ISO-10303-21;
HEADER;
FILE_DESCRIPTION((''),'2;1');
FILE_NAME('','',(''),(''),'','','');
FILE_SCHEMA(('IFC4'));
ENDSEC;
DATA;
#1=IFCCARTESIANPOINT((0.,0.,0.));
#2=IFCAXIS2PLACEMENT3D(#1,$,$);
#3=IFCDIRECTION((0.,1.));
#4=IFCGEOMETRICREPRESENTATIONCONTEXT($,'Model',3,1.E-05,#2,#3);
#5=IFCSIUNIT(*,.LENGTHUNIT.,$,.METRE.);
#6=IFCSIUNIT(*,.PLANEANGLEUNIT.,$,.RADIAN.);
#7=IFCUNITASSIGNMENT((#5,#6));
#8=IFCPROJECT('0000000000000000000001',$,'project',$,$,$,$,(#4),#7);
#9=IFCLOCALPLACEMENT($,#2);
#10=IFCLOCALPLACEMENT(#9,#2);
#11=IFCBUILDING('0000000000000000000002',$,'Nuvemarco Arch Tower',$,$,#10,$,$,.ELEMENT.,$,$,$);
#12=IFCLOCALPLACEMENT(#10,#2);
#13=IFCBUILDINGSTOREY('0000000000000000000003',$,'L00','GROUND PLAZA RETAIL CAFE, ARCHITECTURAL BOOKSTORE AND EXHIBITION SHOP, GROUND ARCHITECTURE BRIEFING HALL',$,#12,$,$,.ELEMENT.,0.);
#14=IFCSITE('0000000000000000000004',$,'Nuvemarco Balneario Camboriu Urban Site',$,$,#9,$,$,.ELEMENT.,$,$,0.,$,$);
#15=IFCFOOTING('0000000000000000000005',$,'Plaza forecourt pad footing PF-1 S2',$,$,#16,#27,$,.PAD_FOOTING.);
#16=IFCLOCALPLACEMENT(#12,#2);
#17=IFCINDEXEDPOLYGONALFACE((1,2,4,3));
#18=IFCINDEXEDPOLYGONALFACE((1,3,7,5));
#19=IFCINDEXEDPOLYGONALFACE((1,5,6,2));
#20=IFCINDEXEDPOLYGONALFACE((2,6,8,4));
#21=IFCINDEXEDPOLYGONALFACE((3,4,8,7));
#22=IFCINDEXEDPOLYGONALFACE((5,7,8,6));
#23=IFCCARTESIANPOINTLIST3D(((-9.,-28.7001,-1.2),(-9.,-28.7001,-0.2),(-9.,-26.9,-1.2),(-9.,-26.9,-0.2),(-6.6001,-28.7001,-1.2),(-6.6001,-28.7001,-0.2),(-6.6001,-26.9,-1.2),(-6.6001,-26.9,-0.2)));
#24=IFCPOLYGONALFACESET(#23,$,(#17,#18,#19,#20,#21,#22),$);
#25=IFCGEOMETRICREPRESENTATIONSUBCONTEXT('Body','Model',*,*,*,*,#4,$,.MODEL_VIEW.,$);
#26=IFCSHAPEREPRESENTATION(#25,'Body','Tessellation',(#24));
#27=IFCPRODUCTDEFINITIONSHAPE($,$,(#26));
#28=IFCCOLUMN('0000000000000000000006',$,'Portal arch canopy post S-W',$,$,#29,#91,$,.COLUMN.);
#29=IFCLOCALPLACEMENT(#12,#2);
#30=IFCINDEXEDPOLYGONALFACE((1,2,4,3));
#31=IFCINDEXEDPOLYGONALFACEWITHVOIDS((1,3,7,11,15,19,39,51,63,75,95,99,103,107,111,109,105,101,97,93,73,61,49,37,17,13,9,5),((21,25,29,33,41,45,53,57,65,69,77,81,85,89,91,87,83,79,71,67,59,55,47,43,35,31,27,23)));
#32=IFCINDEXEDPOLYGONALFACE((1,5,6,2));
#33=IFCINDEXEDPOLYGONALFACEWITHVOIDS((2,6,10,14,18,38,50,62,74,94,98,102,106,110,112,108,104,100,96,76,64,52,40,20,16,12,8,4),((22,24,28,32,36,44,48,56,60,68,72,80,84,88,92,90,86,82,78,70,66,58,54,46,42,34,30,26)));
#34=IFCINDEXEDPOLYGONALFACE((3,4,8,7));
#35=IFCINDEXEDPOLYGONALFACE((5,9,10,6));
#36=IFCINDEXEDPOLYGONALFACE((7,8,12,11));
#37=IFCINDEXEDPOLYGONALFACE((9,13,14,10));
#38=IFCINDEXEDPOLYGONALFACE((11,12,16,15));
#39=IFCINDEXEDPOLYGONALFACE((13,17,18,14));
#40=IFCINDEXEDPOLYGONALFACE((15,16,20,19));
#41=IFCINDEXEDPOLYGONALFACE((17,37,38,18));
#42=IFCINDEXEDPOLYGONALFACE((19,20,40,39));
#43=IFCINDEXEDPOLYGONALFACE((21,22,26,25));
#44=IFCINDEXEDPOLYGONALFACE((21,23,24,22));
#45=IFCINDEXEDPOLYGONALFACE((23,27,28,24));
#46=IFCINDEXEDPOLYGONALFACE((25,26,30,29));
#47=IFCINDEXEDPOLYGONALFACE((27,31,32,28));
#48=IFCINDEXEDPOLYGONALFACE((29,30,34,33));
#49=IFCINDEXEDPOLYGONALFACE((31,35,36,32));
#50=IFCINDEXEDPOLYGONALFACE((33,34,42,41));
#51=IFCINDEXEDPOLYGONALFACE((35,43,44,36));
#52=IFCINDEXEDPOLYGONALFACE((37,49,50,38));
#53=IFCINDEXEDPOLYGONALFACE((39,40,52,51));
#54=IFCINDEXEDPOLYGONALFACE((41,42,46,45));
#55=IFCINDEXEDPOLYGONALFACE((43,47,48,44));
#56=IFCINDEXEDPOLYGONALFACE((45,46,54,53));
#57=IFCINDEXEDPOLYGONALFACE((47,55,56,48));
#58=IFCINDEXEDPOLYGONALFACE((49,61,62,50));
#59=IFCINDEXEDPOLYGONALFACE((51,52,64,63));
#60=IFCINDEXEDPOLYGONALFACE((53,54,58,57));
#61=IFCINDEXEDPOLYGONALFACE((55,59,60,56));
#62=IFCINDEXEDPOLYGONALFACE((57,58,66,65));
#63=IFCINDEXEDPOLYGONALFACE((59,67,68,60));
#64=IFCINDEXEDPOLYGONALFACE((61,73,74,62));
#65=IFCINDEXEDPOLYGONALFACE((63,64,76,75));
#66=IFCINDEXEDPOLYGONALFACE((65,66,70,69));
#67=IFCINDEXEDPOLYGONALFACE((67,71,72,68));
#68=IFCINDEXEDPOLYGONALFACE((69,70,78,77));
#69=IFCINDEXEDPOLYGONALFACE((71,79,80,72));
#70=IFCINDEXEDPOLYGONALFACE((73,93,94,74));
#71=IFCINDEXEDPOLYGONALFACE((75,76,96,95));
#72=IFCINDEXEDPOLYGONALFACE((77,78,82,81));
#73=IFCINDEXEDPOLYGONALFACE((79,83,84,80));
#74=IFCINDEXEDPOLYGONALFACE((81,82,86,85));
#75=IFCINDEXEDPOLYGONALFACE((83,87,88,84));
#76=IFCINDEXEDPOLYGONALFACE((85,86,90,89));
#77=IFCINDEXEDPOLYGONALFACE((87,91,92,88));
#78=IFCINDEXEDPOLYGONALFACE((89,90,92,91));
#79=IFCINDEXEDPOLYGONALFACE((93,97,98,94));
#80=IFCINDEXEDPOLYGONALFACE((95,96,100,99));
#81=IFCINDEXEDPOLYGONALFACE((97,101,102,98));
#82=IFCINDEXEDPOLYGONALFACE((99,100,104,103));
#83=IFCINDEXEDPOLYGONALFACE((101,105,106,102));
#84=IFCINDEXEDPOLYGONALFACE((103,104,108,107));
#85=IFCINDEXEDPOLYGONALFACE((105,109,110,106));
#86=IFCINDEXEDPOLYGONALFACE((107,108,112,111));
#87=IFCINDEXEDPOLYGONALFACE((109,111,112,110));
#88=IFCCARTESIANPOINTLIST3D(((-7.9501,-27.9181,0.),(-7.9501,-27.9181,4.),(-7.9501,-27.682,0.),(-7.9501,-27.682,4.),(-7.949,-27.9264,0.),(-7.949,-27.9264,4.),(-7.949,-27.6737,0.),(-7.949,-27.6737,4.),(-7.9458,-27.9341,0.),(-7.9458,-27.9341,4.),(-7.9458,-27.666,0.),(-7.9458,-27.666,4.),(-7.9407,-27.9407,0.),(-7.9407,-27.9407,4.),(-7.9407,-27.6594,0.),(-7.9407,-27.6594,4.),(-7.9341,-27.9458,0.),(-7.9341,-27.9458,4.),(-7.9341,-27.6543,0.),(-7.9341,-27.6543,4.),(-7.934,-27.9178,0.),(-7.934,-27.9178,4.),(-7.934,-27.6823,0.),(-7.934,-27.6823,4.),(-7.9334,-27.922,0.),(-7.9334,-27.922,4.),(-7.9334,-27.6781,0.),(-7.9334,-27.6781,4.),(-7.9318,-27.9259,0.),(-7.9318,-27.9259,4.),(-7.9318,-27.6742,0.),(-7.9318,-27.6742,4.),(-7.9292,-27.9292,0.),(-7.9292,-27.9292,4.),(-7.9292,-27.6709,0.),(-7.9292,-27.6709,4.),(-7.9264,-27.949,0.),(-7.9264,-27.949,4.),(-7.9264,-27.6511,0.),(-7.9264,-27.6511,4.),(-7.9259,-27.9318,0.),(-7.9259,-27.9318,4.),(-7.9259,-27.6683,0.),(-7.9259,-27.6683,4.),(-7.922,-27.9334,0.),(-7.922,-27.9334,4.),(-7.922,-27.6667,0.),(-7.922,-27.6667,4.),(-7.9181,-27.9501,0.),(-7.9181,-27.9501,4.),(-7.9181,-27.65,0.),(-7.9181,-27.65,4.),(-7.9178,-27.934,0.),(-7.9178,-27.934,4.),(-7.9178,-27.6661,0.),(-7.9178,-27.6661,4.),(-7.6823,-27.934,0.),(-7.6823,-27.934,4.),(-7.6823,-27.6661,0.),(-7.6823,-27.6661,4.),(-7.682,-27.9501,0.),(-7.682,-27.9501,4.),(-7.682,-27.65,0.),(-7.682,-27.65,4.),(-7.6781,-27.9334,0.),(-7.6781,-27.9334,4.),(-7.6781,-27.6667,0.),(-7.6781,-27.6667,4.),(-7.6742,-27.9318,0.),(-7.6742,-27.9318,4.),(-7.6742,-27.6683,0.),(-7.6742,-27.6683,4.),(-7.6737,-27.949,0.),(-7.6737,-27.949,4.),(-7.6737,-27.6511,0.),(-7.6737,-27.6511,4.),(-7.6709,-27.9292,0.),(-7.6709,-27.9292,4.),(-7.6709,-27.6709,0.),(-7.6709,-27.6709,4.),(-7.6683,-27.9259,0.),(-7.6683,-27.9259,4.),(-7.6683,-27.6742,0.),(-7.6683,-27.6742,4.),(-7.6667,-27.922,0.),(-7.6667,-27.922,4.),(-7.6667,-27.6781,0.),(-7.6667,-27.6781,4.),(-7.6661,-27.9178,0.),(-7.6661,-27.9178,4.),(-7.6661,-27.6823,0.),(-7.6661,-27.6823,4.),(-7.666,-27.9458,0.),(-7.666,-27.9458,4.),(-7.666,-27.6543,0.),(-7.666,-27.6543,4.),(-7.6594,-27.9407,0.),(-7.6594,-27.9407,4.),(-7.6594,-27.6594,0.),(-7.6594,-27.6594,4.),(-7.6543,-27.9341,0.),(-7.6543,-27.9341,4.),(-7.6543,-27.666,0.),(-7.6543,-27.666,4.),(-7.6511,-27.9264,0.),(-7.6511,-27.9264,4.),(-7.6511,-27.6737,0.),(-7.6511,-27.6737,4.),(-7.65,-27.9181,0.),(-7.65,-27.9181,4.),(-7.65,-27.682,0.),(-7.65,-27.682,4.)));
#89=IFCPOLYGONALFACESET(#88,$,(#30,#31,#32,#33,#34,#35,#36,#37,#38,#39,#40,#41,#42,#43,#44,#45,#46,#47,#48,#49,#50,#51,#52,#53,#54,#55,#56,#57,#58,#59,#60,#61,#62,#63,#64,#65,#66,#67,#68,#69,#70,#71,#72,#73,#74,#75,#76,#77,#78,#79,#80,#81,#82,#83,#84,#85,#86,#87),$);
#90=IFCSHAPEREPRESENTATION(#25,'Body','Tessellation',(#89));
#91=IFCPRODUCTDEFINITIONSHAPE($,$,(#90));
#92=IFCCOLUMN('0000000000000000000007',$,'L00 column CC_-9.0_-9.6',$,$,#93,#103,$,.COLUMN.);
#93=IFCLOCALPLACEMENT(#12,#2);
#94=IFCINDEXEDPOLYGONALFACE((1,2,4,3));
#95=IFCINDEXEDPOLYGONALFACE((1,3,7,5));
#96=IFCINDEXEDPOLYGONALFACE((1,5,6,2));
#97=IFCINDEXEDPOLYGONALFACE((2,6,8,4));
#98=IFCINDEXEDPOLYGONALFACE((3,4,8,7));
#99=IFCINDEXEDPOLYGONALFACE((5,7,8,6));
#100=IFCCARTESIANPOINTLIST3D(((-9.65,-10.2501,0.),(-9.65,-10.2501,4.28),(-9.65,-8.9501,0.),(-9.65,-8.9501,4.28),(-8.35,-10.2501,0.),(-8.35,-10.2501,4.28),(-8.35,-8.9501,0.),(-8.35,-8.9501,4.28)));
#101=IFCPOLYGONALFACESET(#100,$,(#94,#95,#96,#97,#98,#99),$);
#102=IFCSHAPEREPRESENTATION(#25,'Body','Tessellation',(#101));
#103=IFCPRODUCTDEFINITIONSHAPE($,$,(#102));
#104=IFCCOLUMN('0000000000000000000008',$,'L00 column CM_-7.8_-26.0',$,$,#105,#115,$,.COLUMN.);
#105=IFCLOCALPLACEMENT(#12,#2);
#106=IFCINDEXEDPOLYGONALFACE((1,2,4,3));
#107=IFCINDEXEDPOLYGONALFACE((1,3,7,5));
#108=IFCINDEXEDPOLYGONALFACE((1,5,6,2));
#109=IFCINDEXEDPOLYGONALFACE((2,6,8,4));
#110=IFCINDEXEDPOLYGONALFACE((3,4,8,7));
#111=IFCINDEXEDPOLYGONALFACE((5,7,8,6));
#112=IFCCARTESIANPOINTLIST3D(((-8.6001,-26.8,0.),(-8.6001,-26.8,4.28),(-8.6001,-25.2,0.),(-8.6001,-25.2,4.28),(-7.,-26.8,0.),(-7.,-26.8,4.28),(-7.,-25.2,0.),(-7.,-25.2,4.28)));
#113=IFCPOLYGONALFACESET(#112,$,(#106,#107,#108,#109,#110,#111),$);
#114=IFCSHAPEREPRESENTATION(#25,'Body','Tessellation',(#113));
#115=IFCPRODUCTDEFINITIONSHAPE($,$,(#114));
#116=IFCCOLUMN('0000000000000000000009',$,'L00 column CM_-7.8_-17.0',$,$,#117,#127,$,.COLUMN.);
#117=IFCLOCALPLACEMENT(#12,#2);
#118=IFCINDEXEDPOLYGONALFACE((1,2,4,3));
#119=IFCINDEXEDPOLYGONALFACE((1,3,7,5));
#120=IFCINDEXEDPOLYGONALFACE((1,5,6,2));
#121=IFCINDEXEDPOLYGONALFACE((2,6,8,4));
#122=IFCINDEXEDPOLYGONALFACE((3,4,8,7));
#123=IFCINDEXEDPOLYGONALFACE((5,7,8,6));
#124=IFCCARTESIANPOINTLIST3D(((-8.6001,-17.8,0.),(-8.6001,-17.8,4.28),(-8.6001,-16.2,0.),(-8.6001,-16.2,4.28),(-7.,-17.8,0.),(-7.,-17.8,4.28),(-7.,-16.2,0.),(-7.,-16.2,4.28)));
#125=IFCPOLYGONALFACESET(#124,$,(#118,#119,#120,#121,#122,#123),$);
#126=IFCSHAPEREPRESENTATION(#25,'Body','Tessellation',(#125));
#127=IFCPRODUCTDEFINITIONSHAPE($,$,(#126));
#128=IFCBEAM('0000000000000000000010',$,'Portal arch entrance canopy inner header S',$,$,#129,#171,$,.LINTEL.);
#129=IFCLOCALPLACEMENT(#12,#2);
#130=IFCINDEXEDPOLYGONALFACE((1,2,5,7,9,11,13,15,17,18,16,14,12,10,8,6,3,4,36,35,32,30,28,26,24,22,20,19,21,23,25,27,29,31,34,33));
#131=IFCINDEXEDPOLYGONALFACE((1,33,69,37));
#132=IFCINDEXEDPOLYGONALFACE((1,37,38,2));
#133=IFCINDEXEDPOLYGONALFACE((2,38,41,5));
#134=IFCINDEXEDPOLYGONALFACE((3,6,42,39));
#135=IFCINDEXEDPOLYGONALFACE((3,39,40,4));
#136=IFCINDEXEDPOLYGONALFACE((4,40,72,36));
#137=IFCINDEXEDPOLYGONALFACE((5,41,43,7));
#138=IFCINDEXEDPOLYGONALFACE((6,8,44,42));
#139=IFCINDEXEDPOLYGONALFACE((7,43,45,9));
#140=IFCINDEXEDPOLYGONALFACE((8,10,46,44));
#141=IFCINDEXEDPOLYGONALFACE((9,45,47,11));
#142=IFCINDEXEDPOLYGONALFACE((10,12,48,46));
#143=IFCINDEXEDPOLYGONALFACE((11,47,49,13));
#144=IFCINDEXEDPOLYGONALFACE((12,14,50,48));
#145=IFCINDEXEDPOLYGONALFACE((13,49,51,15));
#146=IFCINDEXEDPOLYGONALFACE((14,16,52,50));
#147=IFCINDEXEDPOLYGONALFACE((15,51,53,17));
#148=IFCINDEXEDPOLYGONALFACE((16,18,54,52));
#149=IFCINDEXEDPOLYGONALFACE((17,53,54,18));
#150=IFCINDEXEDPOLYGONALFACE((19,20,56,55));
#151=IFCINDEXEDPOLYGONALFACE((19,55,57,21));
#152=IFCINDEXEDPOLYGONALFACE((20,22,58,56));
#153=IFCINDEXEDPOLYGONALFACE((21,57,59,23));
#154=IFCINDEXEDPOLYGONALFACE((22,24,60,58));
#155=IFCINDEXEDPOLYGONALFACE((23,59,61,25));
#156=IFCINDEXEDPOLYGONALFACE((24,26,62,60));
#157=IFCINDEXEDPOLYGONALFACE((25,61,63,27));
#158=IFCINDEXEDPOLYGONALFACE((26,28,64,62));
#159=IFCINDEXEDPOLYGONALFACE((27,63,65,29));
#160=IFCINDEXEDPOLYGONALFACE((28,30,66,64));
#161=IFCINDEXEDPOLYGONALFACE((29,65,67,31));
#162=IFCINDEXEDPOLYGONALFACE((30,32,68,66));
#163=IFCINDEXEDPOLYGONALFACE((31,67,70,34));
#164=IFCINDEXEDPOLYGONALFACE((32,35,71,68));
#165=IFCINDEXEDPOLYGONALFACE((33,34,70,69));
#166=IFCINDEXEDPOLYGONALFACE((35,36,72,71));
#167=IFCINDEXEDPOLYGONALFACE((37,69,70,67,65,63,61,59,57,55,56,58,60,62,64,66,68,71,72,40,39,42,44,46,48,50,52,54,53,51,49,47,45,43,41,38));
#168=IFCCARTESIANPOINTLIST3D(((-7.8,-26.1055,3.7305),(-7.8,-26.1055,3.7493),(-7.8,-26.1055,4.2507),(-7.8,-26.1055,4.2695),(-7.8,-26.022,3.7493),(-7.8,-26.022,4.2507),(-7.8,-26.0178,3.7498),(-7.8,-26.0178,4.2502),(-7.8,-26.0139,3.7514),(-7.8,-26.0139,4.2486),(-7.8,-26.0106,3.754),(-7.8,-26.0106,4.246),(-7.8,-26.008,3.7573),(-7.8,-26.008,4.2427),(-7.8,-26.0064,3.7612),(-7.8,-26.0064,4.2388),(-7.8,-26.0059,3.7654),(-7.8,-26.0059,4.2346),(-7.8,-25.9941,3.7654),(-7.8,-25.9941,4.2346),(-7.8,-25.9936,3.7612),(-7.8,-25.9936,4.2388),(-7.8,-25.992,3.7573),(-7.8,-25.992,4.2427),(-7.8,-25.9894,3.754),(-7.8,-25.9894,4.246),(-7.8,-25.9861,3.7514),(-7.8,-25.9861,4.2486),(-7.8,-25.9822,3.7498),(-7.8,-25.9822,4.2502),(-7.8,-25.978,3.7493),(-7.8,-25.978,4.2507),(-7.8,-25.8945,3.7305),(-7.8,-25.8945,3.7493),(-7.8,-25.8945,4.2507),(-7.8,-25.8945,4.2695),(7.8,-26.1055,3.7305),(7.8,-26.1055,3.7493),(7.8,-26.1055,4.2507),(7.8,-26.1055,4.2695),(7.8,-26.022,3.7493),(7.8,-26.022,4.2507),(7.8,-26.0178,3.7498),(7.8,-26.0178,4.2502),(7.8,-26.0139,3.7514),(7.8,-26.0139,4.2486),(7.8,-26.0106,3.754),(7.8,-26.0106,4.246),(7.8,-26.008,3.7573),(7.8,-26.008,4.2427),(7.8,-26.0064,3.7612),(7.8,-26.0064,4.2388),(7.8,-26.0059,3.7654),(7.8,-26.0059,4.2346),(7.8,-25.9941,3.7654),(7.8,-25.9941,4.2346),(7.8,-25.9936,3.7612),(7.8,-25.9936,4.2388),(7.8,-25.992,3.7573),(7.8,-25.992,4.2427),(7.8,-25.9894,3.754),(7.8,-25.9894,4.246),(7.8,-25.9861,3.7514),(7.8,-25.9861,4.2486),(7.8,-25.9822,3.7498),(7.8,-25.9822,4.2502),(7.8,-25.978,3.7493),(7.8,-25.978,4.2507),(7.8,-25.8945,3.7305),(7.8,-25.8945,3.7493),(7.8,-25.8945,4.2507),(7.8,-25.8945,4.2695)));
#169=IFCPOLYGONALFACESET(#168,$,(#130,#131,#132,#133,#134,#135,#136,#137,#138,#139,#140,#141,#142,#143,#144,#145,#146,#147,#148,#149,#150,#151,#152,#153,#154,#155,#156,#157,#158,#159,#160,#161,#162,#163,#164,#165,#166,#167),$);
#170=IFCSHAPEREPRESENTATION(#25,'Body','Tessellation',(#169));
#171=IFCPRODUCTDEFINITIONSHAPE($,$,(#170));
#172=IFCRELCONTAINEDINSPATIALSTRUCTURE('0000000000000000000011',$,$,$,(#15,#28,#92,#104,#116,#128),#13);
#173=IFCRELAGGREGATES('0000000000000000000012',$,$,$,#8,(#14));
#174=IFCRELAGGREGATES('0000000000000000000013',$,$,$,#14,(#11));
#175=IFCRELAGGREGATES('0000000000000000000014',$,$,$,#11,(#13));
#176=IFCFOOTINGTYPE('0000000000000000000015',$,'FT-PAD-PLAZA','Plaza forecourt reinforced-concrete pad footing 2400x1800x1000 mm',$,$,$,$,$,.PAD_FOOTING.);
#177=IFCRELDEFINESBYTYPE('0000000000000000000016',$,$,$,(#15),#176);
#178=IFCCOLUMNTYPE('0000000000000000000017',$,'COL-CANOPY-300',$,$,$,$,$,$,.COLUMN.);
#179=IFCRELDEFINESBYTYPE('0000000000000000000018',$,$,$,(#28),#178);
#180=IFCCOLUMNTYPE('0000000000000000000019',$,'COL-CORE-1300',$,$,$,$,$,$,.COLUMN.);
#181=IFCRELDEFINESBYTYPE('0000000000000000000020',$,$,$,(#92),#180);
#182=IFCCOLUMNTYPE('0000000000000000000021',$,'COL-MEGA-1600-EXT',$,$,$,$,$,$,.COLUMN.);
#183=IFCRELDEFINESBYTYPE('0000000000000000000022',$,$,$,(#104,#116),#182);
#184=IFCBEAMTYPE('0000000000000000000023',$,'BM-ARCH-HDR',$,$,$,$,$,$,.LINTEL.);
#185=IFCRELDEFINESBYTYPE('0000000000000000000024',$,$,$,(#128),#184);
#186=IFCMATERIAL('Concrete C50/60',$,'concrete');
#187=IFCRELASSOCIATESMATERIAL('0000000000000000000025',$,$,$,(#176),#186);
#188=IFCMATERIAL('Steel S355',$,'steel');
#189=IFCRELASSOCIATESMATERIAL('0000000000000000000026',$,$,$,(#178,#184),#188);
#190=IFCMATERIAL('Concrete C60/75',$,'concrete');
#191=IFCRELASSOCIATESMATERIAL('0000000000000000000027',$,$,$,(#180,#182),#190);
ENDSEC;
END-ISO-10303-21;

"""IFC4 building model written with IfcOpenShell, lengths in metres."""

from ifc_helpers import new_model, si_unit, direction, frame, origin, origin_2d, place, context, subcontext, project, spatial, rectangle, hollow_rectangle, i_section, extrude, source, transform, mapped, material, material_profile, profile_set, type_object, type_shapes, element, save


model = new_model("IFC4")

# Units and contexts
model_context = context("Model", 3, precision=1e-05, world=origin(), true_north=direction((0.0, 1.0)))
body_context = subcontext(model_context, "Body", "Model", "MODEL_VIEW")
ifc_project = project(units=[si_unit("LENGTHUNIT", "METRE"), si_unit("PLANEANGLEUNIT", "RADIAN")], contexts=[model_context])

# Site, building, storey
site_placement = place(None, origin())
site = spatial("IfcSite", under=ifc_project, at=site_placement, Name="Nuvemarco Balneario Camboriu Urban Site", CompositionType="ELEMENT", RefElevation=0.0)
building_placement = place(site_placement, origin())
building = spatial("IfcBuilding", under=site, at=building_placement, Name="Nuvemarco Arch Tower", CompositionType="ELEMENT")
storey_placement = place(building_placement, origin())
storey = spatial("IfcBuildingStorey", under=building, at=storey_placement, Name="L00", Description="GROUND PLAZA RETAIL CAFE, ARCHITECTURAL BOOKSTORE AND EXHIBITION SHOP, GROUND ARCHITECTURE BRIEFING HALL", CompositionType="ELEMENT", Elevation=0.0)

# Footing
ifc_material_1 = material(Name="Concrete C50/60", Category="concrete")
footing_type = type_object("IfcFootingType", Name="FT-PAD-PLAZA", Description="Plaza forecourt reinforced-concrete pad footing 2400x1800x1000 mm", PredefinedType="PAD_FOOTING", material=ifc_material_1)
shared_shape_1 = source(origin(), body_context, "Body", "SweptSolid", [
    extrude(rectangle(XDim=2.3999, YDim=1.8, at=origin_2d()), origin(), (0.0, 0.0, 1.0), 1.0),
])
type_shapes(footing_type, [shared_shape_1])
footing_placement = place(storey_placement, frame((-7.8, -27.8, -1.2), z_axis=(0.0, 0.0, 1.0), x_axis=(1.0, 0.0, 0.0)))
element("IfcFooting", 1, at=footing_placement, inside=storey, type_object=footing_type, Name="Plaza forecourt pad footing PF-1 S2", PredefinedType="PAD_FOOTING", context=body_context, shape_type="MappedRepresentation", body=[
    mapped(shared_shape_1, transform((0.0, 0.0, 0.0), scale=1.0)),
])

# Columns
ifc_material_2 = material(Name="Steel S355", Category="steel")
ifc_material_profile_1 = material_profile(ifc_material_2, hollow_rectangle(XDim=0.3, YDim=0.3, WallThickness=0.0161, InnerFilletRadius=0.0161, OuterFilletRadius=0.032, at=origin_2d()), Name="SHS300x300x16")
ifc_profile_set_1 = profile_set([ifc_material_profile_1], Name="Steel S355")
column_type_1 = type_object("IfcColumnType", Name="COL-CANOPY-300", PredefinedType="COLUMN", material=ifc_profile_set_1)
column_1_placement = place(storey_placement, frame((-7.8, -27.8, 0.0), z_axis=(0.0, 0.0, 1.0), x_axis=(1.0, 0.0, 0.0)))
element("IfcColumn", 2, at=column_1_placement, inside=storey, type_object=column_type_1, Name="Portal arch canopy post S-W", PredefinedType="COLUMN", context=body_context, shape_type="SweptSolid", body=[
    extrude(hollow_rectangle(XDim=0.3, YDim=0.3, WallThickness=0.0161, InnerFilletRadius=0.0161, OuterFilletRadius=0.032, at=origin_2d()), origin(), (0.0, 0.0, 1.0), 4.0),
])
ifc_material_3 = material(Name="Concrete C60/75", Category="concrete")
ifc_material_profile_2 = material_profile(ifc_material_3, rectangle(XDim=1.3, YDim=1.3, at=origin_2d()), Name="RC-COL-1300x1300")
ifc_profile_set_2 = profile_set([ifc_material_profile_2], Name="Concrete C60/75")
column_type_2 = type_object("IfcColumnType", Name="COL-CORE-1300", PredefinedType="COLUMN", material=ifc_profile_set_2)
column_2_placement = place(storey_placement, frame((-9.0, -9.6001, 0.0), z_axis=(0.0, 0.0, 1.0), x_axis=(1.0, 0.0, 0.0)))
element("IfcColumn", 3, at=column_2_placement, inside=storey, type_object=column_type_2, Name="L00 column CC_-9.0_-9.6", PredefinedType="COLUMN", context=body_context, shape_type="SweptSolid", body=[
    extrude(rectangle(XDim=1.3, YDim=1.3, at=origin_2d()), origin(), (0.0, 0.0, 1.0), 4.28),
])
ifc_material_profile_3 = material_profile(ifc_material_3, rectangle(XDim=1.6001, YDim=1.6001, at=origin_2d()), Name="RC-COL-1600x1600")
ifc_profile_set_3 = profile_set([ifc_material_profile_3], Name="Concrete C60/75")
column_type_3 = type_object("IfcColumnType", Name="COL-MEGA-1600-EXT", PredefinedType="COLUMN", material=ifc_profile_set_3)
for number, where, z_axis, x_axis, name in (
    (4, (-7.8, -26.0, 0.0), (0.0, 0.0, 1.0), (1.0, 0.0, 0.0), "L00 column CM_-7.8_-26.0"),
    (5, (-7.8, -17.0, 0.0), (0.0, 0.0, 1.0), (1.0, 0.0, 0.0), "L00 column CM_-7.8_-17.0"),
):
    element("IfcColumn", number, at=place(storey_placement, frame(where, z_axis=z_axis, x_axis=x_axis)), inside=storey, type_object=column_type_3, Name=name, PredefinedType="COLUMN", context=body_context, shape_type="SweptSolid", body=[
        extrude(rectangle(XDim=1.6001, YDim=1.6001, at=origin_2d()), origin(), (0.0, 0.0, 1.0), 4.28),
    ])

# Beam
ifc_material_profile_4 = material_profile(ifc_material_2, i_section(OverallWidth=0.2109, OverallDepth=0.5391, WebThickness=0.0117, FlangeThickness=0.0188, FilletRadius=0.0161, at=origin_2d()), Name="W530x109")
ifc_profile_set_4 = profile_set([ifc_material_profile_4], Name="Steel S355")
beam_type_1 = type_object("IfcBeamType", Name="BM-ARCH-HDR", PredefinedType="LINTEL", material=ifc_profile_set_4)
for number, where, z_axis, x_axis, name in (
    (6, (-7.8, -26.0, 4.0), (1.0, 0.0, 0.0), (0.0, 1.0, 0.0), "Portal arch entrance canopy inner header S"),
):
    element("IfcBeam", number, at=place(storey_placement, frame(where, z_axis=z_axis, x_axis=x_axis)), inside=storey, type_object=beam_type_1, Name=name, PredefinedType="LINTEL", context=body_context, shape_type="SweptSolid", body=[
        extrude(i_section(OverallWidth=0.2109, OverallDepth=0.5391, WebThickness=0.0117, FlangeThickness=0.0188, FilletRadius=0.0161, at=origin_2d()), origin(), (0.0, 0.0, 1.0), 15.6001),
    ])

save(model, "model.ifc")
